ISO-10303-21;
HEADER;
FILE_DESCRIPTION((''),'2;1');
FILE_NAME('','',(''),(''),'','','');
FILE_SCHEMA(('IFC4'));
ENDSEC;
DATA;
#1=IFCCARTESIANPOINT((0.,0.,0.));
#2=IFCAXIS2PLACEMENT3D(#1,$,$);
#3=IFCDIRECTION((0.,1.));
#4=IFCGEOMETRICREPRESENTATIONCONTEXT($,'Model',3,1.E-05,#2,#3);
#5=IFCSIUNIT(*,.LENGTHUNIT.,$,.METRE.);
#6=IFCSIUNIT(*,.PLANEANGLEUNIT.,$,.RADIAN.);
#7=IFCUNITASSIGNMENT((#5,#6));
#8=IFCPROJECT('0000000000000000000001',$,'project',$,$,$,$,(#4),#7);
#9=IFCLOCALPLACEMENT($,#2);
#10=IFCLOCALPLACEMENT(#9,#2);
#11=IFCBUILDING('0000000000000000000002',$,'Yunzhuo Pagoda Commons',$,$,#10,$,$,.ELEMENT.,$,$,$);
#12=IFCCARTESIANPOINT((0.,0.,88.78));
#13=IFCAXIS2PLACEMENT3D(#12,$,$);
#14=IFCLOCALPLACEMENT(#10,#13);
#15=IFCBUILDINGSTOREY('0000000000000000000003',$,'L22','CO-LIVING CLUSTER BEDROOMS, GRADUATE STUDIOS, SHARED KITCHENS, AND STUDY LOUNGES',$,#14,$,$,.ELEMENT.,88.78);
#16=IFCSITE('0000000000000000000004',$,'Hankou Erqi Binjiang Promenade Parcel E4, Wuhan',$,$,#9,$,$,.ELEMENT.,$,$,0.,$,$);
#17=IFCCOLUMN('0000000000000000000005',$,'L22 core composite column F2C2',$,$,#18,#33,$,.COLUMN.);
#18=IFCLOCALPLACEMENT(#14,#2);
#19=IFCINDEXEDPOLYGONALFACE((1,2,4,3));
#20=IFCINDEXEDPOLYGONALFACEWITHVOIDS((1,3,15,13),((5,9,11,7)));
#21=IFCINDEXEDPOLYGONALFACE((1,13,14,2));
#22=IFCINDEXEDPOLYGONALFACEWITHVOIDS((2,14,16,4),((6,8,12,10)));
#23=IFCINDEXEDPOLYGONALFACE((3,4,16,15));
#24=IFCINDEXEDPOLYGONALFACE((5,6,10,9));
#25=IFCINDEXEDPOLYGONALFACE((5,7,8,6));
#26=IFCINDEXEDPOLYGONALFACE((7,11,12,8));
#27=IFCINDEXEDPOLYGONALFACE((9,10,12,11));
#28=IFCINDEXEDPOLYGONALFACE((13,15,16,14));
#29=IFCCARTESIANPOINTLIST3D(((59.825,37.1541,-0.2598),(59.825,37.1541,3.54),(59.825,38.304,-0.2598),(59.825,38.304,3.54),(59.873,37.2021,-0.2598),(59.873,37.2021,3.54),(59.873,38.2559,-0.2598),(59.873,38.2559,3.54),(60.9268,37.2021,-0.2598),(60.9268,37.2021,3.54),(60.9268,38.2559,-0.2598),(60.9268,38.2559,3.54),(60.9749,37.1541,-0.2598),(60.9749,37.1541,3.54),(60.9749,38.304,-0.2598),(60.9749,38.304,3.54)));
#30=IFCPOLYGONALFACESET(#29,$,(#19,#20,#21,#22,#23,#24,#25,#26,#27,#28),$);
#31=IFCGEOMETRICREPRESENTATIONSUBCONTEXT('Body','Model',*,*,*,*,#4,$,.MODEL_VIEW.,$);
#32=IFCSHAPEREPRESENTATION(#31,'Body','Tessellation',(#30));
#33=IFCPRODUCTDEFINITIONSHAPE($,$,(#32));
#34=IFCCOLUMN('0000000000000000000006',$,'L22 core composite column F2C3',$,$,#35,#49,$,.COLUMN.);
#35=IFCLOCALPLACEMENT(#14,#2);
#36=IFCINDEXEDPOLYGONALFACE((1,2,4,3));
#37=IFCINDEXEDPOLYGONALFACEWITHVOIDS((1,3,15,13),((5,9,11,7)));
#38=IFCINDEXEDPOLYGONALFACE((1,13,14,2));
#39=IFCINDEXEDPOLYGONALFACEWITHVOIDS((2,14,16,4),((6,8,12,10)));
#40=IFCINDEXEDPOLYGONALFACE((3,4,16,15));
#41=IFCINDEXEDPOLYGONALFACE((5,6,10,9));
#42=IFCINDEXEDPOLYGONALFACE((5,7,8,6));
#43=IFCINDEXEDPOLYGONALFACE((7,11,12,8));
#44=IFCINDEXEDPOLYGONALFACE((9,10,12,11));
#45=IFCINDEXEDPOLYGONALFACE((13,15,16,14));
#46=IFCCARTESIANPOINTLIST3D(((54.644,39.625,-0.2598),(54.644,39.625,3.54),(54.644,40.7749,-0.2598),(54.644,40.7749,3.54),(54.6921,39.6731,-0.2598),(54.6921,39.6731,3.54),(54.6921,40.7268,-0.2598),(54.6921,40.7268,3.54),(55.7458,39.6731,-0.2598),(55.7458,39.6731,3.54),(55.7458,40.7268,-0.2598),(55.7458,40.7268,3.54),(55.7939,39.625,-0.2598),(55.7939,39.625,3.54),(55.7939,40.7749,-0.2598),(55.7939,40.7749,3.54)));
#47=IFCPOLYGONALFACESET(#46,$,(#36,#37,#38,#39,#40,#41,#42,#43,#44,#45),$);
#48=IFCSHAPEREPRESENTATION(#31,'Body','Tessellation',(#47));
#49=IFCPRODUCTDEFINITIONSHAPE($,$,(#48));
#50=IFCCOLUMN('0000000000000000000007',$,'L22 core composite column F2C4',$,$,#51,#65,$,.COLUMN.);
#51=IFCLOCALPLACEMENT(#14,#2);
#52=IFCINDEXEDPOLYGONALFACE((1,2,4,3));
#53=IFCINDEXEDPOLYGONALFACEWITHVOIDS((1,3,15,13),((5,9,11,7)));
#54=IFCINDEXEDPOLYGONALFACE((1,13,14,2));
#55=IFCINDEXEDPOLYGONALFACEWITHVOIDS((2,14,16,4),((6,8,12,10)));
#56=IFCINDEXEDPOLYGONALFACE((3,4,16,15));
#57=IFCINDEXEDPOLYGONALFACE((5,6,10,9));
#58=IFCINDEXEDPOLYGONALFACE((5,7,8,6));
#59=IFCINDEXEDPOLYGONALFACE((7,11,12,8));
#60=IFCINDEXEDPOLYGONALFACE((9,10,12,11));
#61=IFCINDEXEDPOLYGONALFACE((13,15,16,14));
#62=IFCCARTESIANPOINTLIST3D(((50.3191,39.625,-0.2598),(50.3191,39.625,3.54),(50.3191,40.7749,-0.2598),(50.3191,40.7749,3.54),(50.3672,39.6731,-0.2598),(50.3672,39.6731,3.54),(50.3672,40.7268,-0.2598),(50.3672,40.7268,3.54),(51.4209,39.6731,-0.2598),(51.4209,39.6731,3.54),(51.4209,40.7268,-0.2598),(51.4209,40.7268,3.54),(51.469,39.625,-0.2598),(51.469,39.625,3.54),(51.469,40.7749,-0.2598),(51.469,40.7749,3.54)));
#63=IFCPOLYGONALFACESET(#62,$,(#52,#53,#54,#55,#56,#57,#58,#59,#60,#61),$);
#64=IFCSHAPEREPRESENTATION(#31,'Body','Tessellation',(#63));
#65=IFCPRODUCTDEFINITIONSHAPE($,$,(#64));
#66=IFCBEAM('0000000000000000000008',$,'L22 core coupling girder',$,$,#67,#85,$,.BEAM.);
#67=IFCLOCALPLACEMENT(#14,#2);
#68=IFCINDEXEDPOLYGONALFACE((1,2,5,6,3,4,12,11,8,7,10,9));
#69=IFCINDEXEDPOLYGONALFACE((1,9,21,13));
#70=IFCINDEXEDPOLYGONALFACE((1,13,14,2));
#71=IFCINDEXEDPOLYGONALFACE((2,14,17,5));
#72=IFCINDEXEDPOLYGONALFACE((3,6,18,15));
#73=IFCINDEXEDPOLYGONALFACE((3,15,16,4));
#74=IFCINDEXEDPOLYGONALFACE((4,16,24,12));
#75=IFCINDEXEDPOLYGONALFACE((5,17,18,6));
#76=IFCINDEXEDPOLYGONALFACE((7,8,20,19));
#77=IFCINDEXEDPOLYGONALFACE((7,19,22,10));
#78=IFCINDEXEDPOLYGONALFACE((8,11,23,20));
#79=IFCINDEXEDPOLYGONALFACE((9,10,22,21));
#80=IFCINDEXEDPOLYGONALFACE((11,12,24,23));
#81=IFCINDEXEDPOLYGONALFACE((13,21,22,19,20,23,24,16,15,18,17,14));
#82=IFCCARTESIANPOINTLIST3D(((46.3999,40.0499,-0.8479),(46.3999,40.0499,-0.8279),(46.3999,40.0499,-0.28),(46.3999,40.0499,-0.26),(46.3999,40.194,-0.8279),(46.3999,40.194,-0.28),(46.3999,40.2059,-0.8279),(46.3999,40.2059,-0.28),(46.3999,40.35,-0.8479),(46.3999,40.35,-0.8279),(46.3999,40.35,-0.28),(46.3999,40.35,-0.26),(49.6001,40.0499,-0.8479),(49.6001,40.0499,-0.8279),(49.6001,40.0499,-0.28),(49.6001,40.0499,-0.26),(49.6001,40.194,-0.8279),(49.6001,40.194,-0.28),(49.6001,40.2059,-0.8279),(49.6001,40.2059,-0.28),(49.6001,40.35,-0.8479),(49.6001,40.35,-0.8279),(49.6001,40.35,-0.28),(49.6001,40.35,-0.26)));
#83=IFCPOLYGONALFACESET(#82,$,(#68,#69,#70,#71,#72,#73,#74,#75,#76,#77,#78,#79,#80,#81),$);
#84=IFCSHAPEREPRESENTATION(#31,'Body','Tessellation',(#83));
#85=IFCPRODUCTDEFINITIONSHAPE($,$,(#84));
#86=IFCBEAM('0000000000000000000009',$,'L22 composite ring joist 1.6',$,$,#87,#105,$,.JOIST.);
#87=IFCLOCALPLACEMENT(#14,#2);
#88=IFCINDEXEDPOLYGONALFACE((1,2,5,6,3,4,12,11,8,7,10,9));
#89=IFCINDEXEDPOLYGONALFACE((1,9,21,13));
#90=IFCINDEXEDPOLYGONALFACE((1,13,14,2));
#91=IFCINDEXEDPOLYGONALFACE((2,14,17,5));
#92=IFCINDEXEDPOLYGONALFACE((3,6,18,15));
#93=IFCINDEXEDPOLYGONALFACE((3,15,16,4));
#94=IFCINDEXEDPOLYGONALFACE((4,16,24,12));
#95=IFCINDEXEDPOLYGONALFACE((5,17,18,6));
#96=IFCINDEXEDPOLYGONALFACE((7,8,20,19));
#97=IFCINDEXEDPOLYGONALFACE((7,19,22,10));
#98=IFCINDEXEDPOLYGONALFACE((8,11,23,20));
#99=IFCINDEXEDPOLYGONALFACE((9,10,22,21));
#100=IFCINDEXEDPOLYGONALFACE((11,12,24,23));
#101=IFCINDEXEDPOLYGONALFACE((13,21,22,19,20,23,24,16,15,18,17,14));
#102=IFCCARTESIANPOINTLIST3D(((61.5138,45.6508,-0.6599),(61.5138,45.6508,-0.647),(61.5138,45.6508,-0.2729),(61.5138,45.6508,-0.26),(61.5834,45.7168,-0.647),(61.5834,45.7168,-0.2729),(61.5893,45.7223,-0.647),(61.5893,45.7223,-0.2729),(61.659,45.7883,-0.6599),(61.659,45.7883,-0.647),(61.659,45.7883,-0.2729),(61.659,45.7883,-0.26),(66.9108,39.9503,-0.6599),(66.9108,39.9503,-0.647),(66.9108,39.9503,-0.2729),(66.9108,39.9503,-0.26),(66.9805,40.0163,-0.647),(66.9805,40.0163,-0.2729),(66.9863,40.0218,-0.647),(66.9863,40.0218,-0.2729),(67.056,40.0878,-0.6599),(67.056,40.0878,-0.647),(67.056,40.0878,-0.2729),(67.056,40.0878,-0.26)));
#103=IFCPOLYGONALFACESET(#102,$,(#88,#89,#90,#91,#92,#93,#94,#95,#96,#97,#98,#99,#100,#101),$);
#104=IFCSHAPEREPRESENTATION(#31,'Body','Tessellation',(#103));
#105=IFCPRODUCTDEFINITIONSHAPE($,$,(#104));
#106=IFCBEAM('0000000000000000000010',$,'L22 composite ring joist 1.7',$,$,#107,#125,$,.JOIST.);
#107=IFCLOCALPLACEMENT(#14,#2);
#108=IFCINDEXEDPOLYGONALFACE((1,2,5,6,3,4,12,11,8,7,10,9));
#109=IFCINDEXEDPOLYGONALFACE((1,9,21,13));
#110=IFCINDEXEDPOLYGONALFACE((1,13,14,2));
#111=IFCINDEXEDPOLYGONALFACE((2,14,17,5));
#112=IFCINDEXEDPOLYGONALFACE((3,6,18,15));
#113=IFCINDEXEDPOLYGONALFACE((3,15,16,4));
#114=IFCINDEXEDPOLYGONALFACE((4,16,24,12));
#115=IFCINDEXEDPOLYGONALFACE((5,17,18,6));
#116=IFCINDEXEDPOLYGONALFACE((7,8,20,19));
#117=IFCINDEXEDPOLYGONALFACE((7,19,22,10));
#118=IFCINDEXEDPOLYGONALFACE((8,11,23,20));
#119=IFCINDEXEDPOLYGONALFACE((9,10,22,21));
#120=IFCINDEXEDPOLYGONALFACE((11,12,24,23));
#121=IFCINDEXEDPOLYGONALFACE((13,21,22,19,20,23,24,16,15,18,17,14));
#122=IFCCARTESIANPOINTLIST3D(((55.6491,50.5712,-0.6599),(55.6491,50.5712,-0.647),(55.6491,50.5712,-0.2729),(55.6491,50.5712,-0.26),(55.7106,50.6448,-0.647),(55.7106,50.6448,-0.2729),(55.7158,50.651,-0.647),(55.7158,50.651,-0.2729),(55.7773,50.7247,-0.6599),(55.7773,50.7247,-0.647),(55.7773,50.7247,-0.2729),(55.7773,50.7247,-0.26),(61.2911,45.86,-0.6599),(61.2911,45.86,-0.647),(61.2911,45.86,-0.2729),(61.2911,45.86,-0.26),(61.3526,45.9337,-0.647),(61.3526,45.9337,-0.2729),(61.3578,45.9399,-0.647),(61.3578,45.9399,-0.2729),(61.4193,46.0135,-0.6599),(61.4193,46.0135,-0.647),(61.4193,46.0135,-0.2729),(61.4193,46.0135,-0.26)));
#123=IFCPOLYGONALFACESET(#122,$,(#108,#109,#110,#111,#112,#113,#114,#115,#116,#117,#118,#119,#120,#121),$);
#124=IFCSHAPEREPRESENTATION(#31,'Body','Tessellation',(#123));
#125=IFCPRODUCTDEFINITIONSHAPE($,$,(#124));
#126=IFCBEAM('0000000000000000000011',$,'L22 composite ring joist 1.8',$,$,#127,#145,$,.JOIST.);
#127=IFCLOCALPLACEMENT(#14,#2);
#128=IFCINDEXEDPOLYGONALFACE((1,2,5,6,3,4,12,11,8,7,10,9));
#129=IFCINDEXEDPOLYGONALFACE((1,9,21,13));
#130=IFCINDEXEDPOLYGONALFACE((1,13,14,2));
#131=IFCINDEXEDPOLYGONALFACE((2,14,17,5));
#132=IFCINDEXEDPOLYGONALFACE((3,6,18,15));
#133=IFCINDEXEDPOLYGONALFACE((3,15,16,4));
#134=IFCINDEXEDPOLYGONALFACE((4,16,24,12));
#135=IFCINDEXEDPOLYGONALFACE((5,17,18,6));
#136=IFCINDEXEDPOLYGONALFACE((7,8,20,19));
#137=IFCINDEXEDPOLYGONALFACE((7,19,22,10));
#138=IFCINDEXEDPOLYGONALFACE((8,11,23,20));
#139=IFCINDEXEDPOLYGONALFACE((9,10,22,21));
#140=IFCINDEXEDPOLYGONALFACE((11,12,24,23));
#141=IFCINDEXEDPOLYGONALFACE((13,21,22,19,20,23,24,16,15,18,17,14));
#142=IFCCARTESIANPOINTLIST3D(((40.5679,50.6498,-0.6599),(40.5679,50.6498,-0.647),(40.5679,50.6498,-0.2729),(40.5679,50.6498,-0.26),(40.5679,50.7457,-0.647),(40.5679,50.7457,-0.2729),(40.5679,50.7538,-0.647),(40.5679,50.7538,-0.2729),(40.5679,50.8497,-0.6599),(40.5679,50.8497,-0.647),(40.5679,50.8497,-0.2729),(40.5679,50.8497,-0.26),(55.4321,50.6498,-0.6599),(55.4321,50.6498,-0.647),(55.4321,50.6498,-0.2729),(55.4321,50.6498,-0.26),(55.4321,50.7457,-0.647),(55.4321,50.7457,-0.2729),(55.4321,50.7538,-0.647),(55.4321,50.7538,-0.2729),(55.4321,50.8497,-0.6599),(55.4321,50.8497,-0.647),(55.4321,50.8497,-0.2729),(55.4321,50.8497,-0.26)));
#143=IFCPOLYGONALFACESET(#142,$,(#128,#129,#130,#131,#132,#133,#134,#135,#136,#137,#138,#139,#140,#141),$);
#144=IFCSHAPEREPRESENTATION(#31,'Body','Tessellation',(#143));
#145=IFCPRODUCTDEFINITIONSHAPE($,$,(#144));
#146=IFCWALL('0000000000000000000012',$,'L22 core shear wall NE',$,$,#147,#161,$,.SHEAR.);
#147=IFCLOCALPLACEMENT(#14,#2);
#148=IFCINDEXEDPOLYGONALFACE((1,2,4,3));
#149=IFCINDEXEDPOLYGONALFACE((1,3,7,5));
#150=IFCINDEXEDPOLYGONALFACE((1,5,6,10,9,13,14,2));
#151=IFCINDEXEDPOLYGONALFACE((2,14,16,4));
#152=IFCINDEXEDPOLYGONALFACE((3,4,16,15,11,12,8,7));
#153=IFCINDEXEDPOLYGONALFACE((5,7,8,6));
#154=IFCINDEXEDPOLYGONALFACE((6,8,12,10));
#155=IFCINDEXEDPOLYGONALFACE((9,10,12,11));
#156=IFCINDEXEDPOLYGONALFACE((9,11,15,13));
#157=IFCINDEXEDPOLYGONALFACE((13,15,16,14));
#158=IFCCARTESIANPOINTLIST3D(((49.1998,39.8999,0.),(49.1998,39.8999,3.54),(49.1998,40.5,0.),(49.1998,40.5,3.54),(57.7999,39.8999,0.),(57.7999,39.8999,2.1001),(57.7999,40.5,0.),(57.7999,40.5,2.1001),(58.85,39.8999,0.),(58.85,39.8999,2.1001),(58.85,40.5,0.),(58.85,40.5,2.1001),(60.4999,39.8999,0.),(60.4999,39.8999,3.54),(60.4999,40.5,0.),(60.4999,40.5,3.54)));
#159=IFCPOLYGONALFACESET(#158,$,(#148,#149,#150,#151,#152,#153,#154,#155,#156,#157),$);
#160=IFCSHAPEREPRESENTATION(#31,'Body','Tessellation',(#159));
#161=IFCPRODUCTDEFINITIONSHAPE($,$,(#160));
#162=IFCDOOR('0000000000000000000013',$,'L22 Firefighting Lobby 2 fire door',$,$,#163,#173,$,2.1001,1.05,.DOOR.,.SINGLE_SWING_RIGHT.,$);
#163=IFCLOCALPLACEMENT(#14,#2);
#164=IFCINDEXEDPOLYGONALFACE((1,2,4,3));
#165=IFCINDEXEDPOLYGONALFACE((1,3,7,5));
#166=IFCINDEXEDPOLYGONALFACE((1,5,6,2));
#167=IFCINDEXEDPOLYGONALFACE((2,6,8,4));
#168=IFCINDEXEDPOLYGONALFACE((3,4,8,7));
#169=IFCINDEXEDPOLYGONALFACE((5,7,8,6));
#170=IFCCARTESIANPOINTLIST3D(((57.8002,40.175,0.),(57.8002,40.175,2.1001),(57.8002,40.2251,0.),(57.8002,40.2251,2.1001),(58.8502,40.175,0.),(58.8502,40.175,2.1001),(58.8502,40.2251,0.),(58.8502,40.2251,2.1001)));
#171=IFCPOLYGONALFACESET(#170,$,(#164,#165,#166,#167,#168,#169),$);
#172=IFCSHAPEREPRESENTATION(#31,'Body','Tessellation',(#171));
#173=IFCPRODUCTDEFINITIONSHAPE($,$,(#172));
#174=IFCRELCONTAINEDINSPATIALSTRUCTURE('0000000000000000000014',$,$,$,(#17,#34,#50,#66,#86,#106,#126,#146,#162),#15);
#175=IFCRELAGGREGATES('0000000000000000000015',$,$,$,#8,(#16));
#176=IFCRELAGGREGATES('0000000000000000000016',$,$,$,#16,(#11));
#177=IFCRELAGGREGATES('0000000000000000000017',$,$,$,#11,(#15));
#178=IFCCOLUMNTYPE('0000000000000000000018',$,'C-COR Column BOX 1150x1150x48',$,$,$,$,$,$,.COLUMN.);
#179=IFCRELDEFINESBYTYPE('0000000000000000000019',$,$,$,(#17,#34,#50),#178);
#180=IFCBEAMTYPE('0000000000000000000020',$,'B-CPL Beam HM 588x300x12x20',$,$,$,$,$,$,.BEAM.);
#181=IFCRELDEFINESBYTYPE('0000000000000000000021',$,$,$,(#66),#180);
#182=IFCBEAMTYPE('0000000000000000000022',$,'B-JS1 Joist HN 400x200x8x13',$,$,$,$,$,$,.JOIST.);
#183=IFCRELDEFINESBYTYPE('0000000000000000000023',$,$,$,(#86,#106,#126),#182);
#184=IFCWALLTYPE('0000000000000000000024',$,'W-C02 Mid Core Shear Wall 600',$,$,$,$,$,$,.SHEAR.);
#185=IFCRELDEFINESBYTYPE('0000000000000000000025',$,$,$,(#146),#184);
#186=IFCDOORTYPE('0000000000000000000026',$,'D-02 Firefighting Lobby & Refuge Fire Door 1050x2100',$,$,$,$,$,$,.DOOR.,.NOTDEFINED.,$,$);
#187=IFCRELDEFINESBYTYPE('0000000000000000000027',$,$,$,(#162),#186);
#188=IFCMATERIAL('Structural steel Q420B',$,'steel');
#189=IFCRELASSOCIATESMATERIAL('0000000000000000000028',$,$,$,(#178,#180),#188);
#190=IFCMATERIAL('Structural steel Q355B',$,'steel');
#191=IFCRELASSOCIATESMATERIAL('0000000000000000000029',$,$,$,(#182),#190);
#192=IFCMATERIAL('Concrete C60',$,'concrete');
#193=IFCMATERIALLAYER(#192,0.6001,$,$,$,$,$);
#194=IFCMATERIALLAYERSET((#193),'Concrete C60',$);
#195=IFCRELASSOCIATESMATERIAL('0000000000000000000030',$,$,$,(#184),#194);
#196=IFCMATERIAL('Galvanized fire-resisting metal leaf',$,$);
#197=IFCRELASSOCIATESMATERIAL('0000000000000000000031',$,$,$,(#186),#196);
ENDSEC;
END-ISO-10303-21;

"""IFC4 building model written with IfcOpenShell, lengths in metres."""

from ifc_helpers import new_model, si_unit, direction, frame, frame_2d, origin, origin_2d, place, context, subcontext, project, spatial, rectangle, hollow_rectangle, i_section, extrude, source, transform, mapped, material, layer, layer_set, material_profile, profile_set, type_object, element, fill, save


model = new_model("IFC4")

# Units and contexts
model_context = context("Model", 3, precision=1e-05, world=origin(), true_north=direction((0.0, 1.0)))
body_context = subcontext(model_context, "Body", "Model", "MODEL_VIEW")
ifc_project = project(units=[si_unit("LENGTHUNIT", "METRE"), si_unit("PLANEANGLEUNIT", "RADIAN")], contexts=[model_context])

# Site, building, storey
site_placement = place(None, origin())
site = spatial("IfcSite", under=ifc_project, at=site_placement, Name="Hankou Erqi Binjiang Promenade Parcel E4, Wuhan", CompositionType="ELEMENT", RefElevation=0.0)
building_placement = place(site_placement, origin())
building = spatial("IfcBuilding", under=site, at=building_placement, Name="Yunzhuo Pagoda Commons", CompositionType="ELEMENT")
storey_placement = place(building_placement, frame((0.0, 0.0, 88.78)))
storey = spatial("IfcBuildingStorey", under=building, at=storey_placement, Name="L22", Description="CO-LIVING CLUSTER BEDROOMS, GRADUATE STUDIOS, SHARED KITCHENS, AND STUDY LOUNGES", CompositionType="ELEMENT", Elevation=88.78)

# Columns
ifc_material_1 = material(Name="Structural steel Q420B", Category="steel")
ifc_material_profile_1 = material_profile(ifc_material_1, hollow_rectangle(XDim=1.1499, YDim=1.1499, WallThickness=0.0481, at=origin_2d()), Name="Structural steel Q420B")
ifc_profile_set_1 = profile_set([ifc_material_profile_1], Name="Structural steel Q420B")
column_type = type_object("IfcColumnType", Name="C-COR Column BOX 1150x1150x48", PredefinedType="COLUMN", material=ifc_profile_set_1)
shared_shape_1 = source(origin(), body_context, "Body", "SweptSolid", [
    extrude(hollow_rectangle(XDim=1.1499, YDim=1.1499, WallThickness=0.0481, at=origin_2d()), origin(), (0.0, 0.0, 1.0), 3.7998),
])
for number, where, z_axis, x_axis, name in (
    (1, (60.3999, 37.729, -0.2598), (0.0, 0.0, 1.0), (1.0, 0.0, 0.0), "L22 core composite column F2C2"),
    (2, (55.219, 40.2, -0.2598), (0.0, 0.0, 1.0), (1.0, 0.0, 0.0), "L22 core composite column F2C3"),
    (3, (50.894, 40.2, -0.2598), (0.0, 0.0, 1.0), (1.0, 0.0, 0.0), "L22 core composite column F2C4"),
):
    element("IfcColumn", number, at=place(storey_placement, frame(where, z_axis=z_axis, x_axis=x_axis)), inside=storey, type_object=column_type, Name=name, PredefinedType="COLUMN", context=body_context, shape_type="MappedRepresentation", body=[
        mapped(shared_shape_1, transform((0.0, 0.0, 0.0), scale=1.0)),
    ])

# Beams
ifc_material_profile_2 = material_profile(ifc_material_1, i_section(OverallWidth=0.3, OverallDepth=0.5879, WebThickness=0.012, FlangeThickness=0.02, at=origin_2d()), Name="Structural steel Q420B")
ifc_profile_set_2 = profile_set([ifc_material_profile_2], Name="Structural steel Q420B")
beam_type_1 = type_object("IfcBeamType", Name="B-CPL Beam HM 588x300x12x20", PredefinedType="BEAM", material=ifc_profile_set_2)
shared_shape_2 = source(origin(), body_context, "Body", "SweptSolid", [
    extrude(i_section(OverallWidth=0.3, OverallDepth=0.5879, WebThickness=0.012, FlangeThickness=0.02, at=origin_2d()), origin(), (0.0, 0.0, 1.0), 3.2002),
])
beam_1_placement = place(storey_placement, frame((46.3999, 40.2, -0.554), z_axis=(1.0, 0.0, 0.0), x_axis=(0.0, 1.0, 0.0)))
element("IfcBeam", 4, at=beam_1_placement, inside=storey, type_object=beam_type_1, Name="L22 core coupling girder", PredefinedType="BEAM", context=body_context, shape_type="MappedRepresentation", body=[
    mapped(shared_shape_2, transform((0.0, 0.0, 0.0), scale=1.0)),
])
ifc_material_2 = material(Name="Structural steel Q355B", Category="steel")
ifc_material_profile_3 = material_profile(ifc_material_2, i_section(OverallWidth=0.2, OverallDepth=0.3999, WebThickness=0.0081, FlangeThickness=0.0129, at=origin_2d()), Name="Structural steel Q355B")
ifc_profile_set_3 = profile_set([ifc_material_profile_3], Name="Structural steel Q355B")
beam_type_2 = type_object("IfcBeamType", Name="B-JS1 Joist HN 400x200x8x13", PredefinedType="JOIST", material=ifc_profile_set_3)
shared_shape_3 = source(origin(), body_context, "Body", "SweptSolid", [
    extrude(i_section(OverallWidth=0.2, OverallDepth=0.3999, WebThickness=0.0081, FlangeThickness=0.0129, at=origin_2d()), origin(), (0.0, 0.0, 1.0), 7.8501),
])
beam_2_placement = place(storey_placement, frame((66.9834, 40.019, -0.46), z_axis=(-0.687513, 0.726172, 0.0), x_axis=(-0.726172, -0.687513, 0.0)))
element("IfcBeam", 5, at=beam_2_placement, inside=storey, type_object=beam_type_2, Name="L22 composite ring joist 1.6", PredefinedType="JOIST", context=body_context, shape_type="MappedRepresentation", body=[
    mapped(shared_shape_3, transform((0.0, 0.0, 0.0), scale=1.0)),
])
shared_shape_4 = source(origin(), body_context, "Body", "SweptSolid", [
    extrude(i_section(OverallWidth=0.2, OverallDepth=0.3999, WebThickness=0.0081, FlangeThickness=0.0129, at=origin_2d()), origin(), (0.0, 0.0, 1.0), 7.3503),
])
beam_3_placement = place(storey_placement, frame((61.3552, 45.9368, -0.46), z_axis=(-0.767589, 0.640942, 0.0), x_axis=(-0.640942, -0.767589, 0.0)))
element("IfcBeam", 6, at=beam_3_placement, inside=storey, type_object=beam_type_2, Name="L22 composite ring joist 1.7", PredefinedType="JOIST", context=body_context, shape_type="MappedRepresentation", body=[
    mapped(shared_shape_4, transform((0.0, 0.0, 0.0), scale=1.0)),
])
shared_shape_5 = source(origin(), body_context, "Body", "SweptSolid", [
    extrude(i_section(OverallWidth=0.2, OverallDepth=0.3999, WebThickness=0.0081, FlangeThickness=0.0129, at=origin_2d()), origin(), (0.0, 0.0, 1.0), 14.8643),
])
beam_4_placement = place(storey_placement, frame((55.4321, 50.7498, -0.46), z_axis=(-1.0, 0.0, 0.0), x_axis=(0.0, -1.0, 0.0)))
element("IfcBeam", 7, at=beam_4_placement, inside=storey, type_object=beam_type_2, Name="L22 composite ring joist 1.8", PredefinedType="JOIST", context=body_context, shape_type="MappedRepresentation", body=[
    mapped(shared_shape_5, transform((0.0, 0.0, 0.0), scale=1.0)),
])

# Wall, opening, door
ifc_material_3 = material(Name="Concrete C60", Category="concrete")
ifc_layer_1 = layer(ifc_material_3, 0.6001)
ifc_layer_set_1 = layer_set([ifc_layer_1], Name="Concrete C60")
wall_type_1 = type_object("IfcWallType", Name="W-C02 Mid Core Shear Wall 600", PredefinedType="SHEAR", material=ifc_layer_set_1)
wall_1_placement = place(storey_placement, frame((49.2, 40.2, 0.0), z_axis=(0.0, 0.0, 1.0), x_axis=(1.0, 0.0, 0.0)))
wall_1 = element("IfcWall", 8, at=wall_1_placement, inside=storey, type_object=wall_type_1, Name="L22 core shear wall NE", PredefinedType="SHEAR", context=body_context, shape_type="SweptSolid", body=[
    extrude(rectangle(XDim=11.3, YDim=0.6001, at=frame_2d((5.6499, 0.0))), origin(), (0.0, 0.0, 1.0), 3.54),
])
opening_1_placement = place(wall_1_placement, frame((8.6001, 0.0, 0.0)))
opening_1 = element("IfcOpeningElement", 9, at=opening_1_placement, cuts=wall_1, PredefinedType="OPENING", context=body_context, shape_type="SweptSolid", body=[
    extrude(rectangle(XDim=1.05, YDim=2.1001, at=frame_2d((0.5249, 1.05))), frame((0.0, 0.3101, 0.0), z_axis=(0.0, -1.0, 0.0), x_axis=(1.0, 0.0, 0.0)), (0.0, 0.0, 1.0), 0.6201),
])
ifc_material_4 = material(Name="Galvanized fire-resisting metal leaf")
door_type_1 = type_object("IfcDoorType", Name="D-02 Firefighting Lobby & Refuge Fire Door 1050x2100", OperationType="NOTDEFINED", PredefinedType="DOOR", material=ifc_material_4)
shared_shape_6 = source(origin(), body_context, "Body", "SweptSolid", [
    extrude(rectangle(XDim=1.05, YDim=2.1001, at=frame_2d((0.5249, 1.05))), frame((0.0, 0.0249, 0.0), z_axis=(0.0, -1.0, 0.0), x_axis=(1.0, 0.0, 0.0)), (0.0, 0.0, 1.0), 0.05),
])
door_1_placement = place(opening_1_placement, frame((1.05, 0.0, 0.0), z_axis=(0.0, 0.0, 1.0), x_axis=(-1.0, 0.0, 0.0)))
door_1 = element("IfcDoor", 10, at=door_1_placement, inside=storey, type_object=door_type_1, Name="L22 Firefighting Lobby 2 fire door", OperationType="SINGLE_SWING_RIGHT", OverallHeight=2.1001, OverallWidth=1.05, PredefinedType="DOOR", context=body_context, shape_type="MappedRepresentation", body=[
    mapped(shared_shape_6, transform((0.0, 0.0, 0.0), scale=1.0)),
])
fill(opening_1, door_1)

save(model, "model.ifc")
